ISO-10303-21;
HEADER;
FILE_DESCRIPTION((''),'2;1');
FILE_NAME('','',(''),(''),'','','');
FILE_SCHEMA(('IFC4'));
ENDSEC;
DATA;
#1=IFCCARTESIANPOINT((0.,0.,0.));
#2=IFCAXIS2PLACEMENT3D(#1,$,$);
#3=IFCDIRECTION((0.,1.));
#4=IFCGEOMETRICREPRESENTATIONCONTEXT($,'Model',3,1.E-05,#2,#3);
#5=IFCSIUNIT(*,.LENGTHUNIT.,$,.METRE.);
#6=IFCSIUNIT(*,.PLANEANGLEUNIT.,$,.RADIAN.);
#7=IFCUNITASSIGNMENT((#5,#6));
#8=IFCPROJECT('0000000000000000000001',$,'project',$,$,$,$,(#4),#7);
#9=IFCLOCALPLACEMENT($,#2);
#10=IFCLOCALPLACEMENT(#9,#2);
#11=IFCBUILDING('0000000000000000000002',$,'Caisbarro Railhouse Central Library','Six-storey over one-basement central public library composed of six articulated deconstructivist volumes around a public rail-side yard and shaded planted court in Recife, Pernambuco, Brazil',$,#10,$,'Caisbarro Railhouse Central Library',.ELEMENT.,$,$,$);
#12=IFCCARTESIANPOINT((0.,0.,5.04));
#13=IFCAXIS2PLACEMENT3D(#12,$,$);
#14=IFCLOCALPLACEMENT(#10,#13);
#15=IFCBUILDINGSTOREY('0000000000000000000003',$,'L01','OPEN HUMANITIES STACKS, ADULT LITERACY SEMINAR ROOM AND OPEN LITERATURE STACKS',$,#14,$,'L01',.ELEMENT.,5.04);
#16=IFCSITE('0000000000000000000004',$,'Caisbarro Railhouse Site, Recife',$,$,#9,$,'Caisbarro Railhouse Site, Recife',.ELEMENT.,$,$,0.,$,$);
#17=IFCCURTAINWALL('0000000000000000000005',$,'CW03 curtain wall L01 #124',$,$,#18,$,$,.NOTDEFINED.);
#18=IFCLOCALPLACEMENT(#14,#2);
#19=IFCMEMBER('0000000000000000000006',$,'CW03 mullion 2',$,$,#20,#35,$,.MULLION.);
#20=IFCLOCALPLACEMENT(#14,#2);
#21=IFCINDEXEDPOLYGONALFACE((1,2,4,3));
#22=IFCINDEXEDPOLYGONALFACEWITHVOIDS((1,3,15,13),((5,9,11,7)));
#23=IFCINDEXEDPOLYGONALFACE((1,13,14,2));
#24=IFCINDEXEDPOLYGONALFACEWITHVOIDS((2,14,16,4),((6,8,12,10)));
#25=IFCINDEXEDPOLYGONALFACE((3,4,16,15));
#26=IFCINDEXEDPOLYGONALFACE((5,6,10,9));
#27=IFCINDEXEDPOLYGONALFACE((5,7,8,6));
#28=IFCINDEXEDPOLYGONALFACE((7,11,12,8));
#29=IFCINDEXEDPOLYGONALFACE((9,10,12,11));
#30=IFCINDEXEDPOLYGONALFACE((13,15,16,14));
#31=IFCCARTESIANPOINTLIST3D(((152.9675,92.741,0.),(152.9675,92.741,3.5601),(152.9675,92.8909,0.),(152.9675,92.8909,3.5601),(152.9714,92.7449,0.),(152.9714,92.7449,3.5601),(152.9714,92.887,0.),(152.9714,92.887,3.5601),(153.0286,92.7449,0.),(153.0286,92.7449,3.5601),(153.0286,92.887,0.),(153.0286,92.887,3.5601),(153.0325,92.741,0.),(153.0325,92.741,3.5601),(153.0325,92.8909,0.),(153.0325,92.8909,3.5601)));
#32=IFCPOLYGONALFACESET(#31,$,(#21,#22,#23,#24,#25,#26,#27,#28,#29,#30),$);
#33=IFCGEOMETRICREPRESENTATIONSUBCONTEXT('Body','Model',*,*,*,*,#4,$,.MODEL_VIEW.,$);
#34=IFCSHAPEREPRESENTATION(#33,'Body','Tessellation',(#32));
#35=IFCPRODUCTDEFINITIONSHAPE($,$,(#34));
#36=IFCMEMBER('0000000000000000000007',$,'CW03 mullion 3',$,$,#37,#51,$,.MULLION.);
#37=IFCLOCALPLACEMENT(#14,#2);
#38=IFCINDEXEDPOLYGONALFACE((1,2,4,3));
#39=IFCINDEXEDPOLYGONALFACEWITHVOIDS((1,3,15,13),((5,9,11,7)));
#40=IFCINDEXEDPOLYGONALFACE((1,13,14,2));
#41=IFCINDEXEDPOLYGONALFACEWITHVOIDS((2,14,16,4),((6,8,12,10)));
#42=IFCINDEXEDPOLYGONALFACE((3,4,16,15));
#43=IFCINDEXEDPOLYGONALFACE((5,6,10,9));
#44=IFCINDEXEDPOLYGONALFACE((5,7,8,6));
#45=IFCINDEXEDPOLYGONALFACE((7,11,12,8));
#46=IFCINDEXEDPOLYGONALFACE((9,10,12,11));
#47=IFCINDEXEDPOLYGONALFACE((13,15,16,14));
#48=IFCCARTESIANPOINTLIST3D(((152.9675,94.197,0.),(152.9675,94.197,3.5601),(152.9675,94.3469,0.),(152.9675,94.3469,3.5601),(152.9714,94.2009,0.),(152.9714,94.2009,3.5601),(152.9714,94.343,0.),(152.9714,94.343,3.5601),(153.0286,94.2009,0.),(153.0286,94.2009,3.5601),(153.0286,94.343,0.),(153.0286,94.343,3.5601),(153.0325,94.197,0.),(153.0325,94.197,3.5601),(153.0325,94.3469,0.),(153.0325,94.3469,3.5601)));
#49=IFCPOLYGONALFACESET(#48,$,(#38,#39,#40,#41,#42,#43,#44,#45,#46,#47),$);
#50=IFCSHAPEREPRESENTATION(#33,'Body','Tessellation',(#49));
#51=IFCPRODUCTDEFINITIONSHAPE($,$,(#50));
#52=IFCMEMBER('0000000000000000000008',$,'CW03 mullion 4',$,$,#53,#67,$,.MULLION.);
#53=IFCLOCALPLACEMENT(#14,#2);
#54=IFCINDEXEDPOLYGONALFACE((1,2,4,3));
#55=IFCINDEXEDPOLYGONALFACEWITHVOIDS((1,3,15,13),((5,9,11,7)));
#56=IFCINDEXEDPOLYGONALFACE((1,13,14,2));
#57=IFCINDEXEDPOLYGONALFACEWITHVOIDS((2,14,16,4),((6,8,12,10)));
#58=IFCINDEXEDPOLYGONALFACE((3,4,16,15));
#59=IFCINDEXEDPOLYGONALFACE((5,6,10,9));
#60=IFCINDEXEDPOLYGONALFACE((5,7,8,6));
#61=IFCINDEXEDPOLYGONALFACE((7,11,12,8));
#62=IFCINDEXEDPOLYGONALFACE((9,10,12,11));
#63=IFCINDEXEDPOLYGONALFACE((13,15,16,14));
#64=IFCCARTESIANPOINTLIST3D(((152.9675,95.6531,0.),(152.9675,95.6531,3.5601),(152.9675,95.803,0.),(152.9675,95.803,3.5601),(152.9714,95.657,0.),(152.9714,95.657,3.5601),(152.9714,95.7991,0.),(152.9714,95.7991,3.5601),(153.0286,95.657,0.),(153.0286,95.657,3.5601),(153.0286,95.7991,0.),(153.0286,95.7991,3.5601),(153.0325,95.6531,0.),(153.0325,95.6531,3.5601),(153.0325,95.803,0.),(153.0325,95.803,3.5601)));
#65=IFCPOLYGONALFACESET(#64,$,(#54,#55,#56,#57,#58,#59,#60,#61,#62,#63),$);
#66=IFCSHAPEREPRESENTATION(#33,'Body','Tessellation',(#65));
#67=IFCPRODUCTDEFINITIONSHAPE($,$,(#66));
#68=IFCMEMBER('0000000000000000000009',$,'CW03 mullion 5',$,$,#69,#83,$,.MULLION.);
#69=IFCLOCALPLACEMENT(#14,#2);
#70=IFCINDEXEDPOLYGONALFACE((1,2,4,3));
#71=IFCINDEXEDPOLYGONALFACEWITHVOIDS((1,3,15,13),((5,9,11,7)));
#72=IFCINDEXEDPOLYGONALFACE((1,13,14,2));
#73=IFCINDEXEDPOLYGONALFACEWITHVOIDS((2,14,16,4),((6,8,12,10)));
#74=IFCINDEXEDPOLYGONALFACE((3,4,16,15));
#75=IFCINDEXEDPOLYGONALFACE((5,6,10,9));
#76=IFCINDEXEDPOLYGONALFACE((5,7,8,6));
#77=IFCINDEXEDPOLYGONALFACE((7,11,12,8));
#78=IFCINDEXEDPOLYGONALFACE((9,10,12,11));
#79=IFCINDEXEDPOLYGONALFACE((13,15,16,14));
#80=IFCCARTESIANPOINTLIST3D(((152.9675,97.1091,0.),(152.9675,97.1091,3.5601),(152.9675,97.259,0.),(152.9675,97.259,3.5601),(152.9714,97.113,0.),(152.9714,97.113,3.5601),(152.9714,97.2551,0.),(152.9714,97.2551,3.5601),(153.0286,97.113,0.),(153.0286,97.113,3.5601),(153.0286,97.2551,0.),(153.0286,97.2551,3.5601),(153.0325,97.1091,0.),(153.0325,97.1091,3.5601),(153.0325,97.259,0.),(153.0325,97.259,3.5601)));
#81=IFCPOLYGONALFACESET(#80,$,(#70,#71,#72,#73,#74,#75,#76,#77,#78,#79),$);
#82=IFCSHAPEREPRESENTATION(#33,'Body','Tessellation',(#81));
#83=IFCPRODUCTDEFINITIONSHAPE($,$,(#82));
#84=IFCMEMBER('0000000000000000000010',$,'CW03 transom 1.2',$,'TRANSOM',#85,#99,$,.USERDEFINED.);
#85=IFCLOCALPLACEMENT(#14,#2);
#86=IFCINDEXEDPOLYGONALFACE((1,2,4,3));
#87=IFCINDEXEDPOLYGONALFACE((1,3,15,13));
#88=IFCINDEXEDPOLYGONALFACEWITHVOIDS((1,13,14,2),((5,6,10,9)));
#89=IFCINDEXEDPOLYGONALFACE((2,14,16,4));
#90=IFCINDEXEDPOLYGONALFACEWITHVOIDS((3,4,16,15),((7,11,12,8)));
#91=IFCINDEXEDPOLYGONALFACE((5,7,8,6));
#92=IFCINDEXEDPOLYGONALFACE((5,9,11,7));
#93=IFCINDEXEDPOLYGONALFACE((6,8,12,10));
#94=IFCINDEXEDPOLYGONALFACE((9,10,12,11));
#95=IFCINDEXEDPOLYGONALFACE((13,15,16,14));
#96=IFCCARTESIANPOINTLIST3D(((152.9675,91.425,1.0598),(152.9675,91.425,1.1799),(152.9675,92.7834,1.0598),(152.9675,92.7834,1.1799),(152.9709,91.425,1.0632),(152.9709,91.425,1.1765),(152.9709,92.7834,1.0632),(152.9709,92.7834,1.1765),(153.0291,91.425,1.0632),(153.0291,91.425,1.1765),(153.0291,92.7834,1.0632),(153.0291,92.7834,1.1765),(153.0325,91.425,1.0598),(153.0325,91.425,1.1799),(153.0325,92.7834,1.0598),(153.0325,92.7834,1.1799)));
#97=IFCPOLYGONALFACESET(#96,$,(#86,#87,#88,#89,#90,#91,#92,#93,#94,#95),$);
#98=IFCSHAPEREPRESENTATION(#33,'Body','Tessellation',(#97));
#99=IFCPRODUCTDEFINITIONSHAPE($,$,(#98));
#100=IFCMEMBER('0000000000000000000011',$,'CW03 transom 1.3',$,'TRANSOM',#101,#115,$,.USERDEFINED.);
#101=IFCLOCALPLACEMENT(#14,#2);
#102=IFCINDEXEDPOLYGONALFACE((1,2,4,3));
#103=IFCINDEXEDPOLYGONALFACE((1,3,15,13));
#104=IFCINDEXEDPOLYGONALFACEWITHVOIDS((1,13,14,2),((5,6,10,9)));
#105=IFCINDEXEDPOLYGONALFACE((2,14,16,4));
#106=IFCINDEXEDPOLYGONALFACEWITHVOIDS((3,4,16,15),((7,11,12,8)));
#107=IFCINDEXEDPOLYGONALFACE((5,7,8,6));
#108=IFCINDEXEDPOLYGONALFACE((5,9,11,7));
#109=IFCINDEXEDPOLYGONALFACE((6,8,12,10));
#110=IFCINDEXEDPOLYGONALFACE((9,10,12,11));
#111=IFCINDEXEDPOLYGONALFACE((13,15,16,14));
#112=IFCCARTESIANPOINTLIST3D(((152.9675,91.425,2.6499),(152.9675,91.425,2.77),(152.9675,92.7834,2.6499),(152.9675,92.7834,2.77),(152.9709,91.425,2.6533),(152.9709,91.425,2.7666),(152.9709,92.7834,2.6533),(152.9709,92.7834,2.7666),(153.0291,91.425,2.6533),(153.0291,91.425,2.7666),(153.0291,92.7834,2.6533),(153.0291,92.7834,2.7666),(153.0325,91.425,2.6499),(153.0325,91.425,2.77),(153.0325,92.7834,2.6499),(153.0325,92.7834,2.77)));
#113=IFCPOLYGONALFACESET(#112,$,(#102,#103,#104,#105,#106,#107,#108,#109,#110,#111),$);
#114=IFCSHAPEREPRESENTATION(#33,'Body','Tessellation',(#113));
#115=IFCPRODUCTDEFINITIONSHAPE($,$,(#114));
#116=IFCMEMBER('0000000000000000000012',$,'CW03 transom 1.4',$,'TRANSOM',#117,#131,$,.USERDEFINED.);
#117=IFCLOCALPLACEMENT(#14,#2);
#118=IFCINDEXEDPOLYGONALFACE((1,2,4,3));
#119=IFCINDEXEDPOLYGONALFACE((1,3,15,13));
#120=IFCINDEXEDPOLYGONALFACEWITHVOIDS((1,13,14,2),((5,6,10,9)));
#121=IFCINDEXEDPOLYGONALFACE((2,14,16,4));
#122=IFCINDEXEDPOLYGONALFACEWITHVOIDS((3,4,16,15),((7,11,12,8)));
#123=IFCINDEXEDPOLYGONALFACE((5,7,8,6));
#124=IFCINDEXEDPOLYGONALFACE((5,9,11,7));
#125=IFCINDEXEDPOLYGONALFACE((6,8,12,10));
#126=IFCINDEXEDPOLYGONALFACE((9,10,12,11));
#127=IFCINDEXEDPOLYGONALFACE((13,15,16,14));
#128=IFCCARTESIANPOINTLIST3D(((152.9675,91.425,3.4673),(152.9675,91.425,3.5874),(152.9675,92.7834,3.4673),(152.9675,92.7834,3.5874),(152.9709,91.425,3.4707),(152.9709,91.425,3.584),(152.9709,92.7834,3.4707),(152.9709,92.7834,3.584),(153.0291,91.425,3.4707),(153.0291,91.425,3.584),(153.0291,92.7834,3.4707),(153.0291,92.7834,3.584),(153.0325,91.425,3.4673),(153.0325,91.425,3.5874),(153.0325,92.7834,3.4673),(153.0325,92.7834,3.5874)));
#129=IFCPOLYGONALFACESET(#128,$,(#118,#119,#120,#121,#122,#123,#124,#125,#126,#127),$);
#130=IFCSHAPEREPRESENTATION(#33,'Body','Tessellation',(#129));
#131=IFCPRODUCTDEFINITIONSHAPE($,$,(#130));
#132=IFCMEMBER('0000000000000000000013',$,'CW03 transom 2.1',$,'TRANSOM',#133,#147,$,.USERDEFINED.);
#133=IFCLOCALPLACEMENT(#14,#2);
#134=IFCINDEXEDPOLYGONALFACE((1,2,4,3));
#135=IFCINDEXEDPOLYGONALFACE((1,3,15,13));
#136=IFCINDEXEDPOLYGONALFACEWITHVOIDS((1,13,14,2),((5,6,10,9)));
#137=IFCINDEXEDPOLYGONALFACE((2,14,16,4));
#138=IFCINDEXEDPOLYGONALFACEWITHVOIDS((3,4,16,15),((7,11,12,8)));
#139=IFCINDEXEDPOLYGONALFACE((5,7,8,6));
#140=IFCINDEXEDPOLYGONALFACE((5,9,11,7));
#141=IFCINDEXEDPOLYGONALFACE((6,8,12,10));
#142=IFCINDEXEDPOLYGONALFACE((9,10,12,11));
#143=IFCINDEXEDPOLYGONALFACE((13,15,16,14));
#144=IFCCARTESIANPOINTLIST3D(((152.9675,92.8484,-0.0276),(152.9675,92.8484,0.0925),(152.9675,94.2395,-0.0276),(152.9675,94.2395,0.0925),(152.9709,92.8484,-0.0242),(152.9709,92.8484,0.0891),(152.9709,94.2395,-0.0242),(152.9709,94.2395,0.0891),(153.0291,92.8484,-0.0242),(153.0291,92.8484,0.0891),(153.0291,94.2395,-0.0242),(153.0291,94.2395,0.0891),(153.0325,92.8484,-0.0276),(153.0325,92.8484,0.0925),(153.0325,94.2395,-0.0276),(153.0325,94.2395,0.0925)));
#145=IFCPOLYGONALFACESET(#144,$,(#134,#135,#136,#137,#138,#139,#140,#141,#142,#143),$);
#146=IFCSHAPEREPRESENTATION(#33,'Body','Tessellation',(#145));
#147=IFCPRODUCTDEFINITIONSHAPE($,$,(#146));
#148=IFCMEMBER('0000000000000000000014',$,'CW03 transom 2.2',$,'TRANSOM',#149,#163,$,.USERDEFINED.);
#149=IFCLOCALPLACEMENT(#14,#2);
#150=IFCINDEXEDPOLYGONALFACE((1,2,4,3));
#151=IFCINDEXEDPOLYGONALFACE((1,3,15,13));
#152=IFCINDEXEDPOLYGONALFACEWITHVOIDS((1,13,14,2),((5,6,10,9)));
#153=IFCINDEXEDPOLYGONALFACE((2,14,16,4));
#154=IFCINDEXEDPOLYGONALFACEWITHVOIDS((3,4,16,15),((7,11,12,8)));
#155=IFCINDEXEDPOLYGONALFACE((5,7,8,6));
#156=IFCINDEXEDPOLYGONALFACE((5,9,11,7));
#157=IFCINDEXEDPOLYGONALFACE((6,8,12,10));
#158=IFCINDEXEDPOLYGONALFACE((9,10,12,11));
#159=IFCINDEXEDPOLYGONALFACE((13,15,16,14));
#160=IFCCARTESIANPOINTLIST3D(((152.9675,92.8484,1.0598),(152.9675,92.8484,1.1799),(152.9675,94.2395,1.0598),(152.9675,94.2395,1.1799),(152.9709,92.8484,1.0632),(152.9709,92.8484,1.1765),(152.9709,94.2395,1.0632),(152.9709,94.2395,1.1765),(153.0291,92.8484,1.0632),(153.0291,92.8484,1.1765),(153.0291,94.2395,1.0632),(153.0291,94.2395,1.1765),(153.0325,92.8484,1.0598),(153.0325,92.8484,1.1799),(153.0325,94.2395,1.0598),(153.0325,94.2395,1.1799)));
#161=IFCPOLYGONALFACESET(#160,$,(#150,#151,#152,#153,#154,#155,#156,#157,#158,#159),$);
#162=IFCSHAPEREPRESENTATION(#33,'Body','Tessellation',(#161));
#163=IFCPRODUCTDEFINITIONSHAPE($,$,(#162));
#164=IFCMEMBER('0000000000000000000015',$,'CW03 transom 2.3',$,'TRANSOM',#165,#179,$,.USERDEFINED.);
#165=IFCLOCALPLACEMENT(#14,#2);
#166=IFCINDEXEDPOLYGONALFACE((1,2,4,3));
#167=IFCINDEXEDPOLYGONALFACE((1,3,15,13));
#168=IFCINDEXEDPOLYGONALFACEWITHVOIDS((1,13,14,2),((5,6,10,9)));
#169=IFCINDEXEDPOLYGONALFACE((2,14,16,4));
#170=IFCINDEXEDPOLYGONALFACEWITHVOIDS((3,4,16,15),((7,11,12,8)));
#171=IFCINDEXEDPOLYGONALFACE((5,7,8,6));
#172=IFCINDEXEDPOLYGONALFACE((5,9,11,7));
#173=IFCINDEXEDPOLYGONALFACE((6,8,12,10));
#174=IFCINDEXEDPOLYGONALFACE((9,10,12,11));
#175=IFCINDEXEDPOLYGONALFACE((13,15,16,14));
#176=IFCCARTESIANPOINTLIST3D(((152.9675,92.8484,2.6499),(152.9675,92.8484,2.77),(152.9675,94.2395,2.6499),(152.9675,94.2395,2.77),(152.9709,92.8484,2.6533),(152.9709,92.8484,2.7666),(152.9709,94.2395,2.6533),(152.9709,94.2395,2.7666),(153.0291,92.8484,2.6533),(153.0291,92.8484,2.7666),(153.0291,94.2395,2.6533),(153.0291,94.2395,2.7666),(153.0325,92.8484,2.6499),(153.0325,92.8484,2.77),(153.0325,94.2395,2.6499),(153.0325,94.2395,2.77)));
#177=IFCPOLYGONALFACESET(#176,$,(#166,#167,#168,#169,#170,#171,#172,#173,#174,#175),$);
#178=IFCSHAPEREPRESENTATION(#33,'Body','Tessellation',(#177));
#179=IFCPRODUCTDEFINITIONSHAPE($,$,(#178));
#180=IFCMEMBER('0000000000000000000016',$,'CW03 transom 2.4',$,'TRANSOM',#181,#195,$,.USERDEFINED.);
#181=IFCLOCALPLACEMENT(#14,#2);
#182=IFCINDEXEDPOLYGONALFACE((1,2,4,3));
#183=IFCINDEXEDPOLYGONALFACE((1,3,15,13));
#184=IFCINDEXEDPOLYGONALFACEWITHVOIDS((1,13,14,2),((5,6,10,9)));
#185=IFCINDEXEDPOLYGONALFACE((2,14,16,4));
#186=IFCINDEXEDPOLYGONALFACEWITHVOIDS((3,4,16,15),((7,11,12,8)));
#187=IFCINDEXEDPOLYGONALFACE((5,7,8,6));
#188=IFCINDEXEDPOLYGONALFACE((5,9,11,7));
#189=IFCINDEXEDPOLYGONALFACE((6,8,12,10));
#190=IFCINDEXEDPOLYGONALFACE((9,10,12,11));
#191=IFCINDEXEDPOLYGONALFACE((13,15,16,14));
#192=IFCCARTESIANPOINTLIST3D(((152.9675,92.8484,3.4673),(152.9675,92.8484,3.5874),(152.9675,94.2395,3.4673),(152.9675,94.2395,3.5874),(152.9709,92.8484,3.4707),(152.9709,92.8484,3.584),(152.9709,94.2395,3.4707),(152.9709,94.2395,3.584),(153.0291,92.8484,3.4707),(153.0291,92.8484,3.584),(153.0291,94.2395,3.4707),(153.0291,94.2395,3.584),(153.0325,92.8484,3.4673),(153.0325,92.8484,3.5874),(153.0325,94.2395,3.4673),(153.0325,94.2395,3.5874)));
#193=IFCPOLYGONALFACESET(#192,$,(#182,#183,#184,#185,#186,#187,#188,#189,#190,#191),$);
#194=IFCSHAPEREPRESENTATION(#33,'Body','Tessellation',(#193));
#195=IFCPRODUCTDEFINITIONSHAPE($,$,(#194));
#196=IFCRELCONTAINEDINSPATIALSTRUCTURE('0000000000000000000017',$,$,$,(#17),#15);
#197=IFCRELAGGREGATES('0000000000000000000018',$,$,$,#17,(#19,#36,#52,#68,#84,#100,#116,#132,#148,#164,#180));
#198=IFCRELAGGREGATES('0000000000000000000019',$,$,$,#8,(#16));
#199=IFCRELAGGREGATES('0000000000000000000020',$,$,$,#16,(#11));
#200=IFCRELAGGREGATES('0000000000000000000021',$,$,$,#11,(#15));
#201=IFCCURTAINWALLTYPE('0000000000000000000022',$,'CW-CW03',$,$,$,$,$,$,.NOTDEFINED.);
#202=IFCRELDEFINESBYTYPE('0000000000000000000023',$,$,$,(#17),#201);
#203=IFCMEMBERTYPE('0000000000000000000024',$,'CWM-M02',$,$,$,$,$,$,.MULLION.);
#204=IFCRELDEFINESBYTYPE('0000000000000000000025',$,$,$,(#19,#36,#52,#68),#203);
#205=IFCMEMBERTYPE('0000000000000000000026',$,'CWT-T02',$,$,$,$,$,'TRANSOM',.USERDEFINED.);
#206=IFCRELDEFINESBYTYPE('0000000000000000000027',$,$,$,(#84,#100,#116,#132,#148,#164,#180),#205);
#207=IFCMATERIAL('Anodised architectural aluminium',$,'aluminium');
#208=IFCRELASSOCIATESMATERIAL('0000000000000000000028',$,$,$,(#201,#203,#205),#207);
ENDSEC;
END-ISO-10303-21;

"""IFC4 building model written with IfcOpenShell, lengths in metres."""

from ifc_helpers import new_model, si_unit, direction, frame, origin, origin_2d, place, context, subcontext, project, spatial, hollow_rectangle, extrude, material, material_profile, profile_set, type_object, element, aggregate, save


model = new_model("IFC4")

# Units and contexts
model_context = context("Model", 3, precision=1e-05, world=origin(), true_north=direction((0.0, 1.0)))
body_context = subcontext(model_context, "Body", "Model", "MODEL_VIEW")
ifc_project = project(units=[si_unit("LENGTHUNIT", "METRE"), si_unit("PLANEANGLEUNIT", "RADIAN")], contexts=[model_context])

# Site, building, storey
site_placement = place(None, origin())
site = spatial("IfcSite", under=ifc_project, at=site_placement, Name="Caisbarro Railhouse Site, Recife", LongName="Caisbarro Railhouse Site, Recife", CompositionType="ELEMENT", RefElevation=0.0)
building_placement = place(site_placement, origin())
building = spatial("IfcBuilding", under=site, at=building_placement, Name="Caisbarro Railhouse Central Library", Description="Six-storey over one-basement central public library composed of six articulated deconstructivist volumes around a public rail-side yard and shaded planted court in Recife, Pernambuco, Brazil", LongName="Caisbarro Railhouse Central Library", CompositionType="ELEMENT")
storey_placement = place(building_placement, frame((0.0, 0.0, 5.04)))
storey = spatial("IfcBuildingStorey", under=building, at=storey_placement, Name="L01", Description="OPEN HUMANITIES STACKS, ADULT LITERACY SEMINAR ROOM AND OPEN LITERATURE STACKS", LongName="L01", CompositionType="ELEMENT", Elevation=5.04)

# Curtain wall, members
ifc_material_1 = material(Name="Anodised architectural aluminium", Category="aluminium")
curtain_wall_type = type_object("IfcCurtainWallType", Name="CW-CW03", PredefinedType="NOTDEFINED", material=ifc_material_1)
curtain_wall_placement = place(storey_placement, origin())
curtain_wall = element("IfcCurtainWall", 1, at=curtain_wall_placement, inside=storey, type_object=curtain_wall_type, Name="CW03 curtain wall L01 #124", PredefinedType="NOTDEFINED")
ifc_material_profile_1 = material_profile(ifc_material_1, hollow_rectangle(XDim=0.0649, YDim=0.1499, WallThickness=0.0039, at=origin_2d()), Name="ALU-MUL-65X150")
ifc_profile_set_1 = profile_set([ifc_material_profile_1], Name="Anodised architectural aluminium")
member_type_1 = type_object("IfcMemberType", Name="CWM-M02", PredefinedType="MULLION", material=ifc_profile_set_1)
member_1_placement = place(storey_placement, frame((153.0, 92.8159, 0.0), z_axis=(0.0, 0.0, 1.0), x_axis=(-1.0, 0.0, 0.0)))
member_1 = element("IfcMember", 2, at=member_1_placement, type_object=member_type_1, Name="CW03 mullion 2", PredefinedType="MULLION", context=body_context, shape_type="SweptSolid", body=[
    extrude(hollow_rectangle(XDim=0.0649, YDim=0.1499, WallThickness=0.0039, at=origin_2d()), origin(), (0.0, 0.0, 1.0), 3.5601),
])
member_2_placement = place(storey_placement, frame((153.0, 94.272, 0.0), z_axis=(0.0, 0.0, 1.0), x_axis=(-1.0, 0.0, 0.0)))
member_2 = element("IfcMember", 3, at=member_2_placement, type_object=member_type_1, Name="CW03 mullion 3", PredefinedType="MULLION", context=body_context, shape_type="SweptSolid", body=[
    extrude(hollow_rectangle(XDim=0.0649, YDim=0.1499, WallThickness=0.0039, at=origin_2d()), origin(), (0.0, 0.0, 1.0), 3.5601),
])
member_3_placement = place(storey_placement, frame((153.0, 95.728, 0.0), z_axis=(0.0, 0.0, 1.0), x_axis=(-1.0, 0.0, 0.0)))
member_3 = element("IfcMember", 4, at=member_3_placement, type_object=member_type_1, Name="CW03 mullion 4", PredefinedType="MULLION", context=body_context, shape_type="SweptSolid", body=[
    extrude(hollow_rectangle(XDim=0.0649, YDim=0.1499, WallThickness=0.0039, at=origin_2d()), origin(), (0.0, 0.0, 1.0), 3.5601),
])
member_4_placement = place(storey_placement, frame((153.0, 97.1841, 0.0), z_axis=(0.0, 0.0, 1.0), x_axis=(-1.0, 0.0, 0.0)))
member_4 = element("IfcMember", 5, at=member_4_placement, type_object=member_type_1, Name="CW03 mullion 5", PredefinedType="MULLION", context=body_context, shape_type="SweptSolid", body=[
    extrude(hollow_rectangle(XDim=0.0649, YDim=0.1499, WallThickness=0.0039, at=origin_2d()), origin(), (0.0, 0.0, 1.0), 3.5601),
])
ifc_material_profile_2 = material_profile(ifc_material_1, hollow_rectangle(XDim=0.0649, YDim=0.1201, WallThickness=0.0034, at=origin_2d()), Name="ALU-TRN-65X120")
ifc_profile_set_2 = profile_set([ifc_material_profile_2], Name="Anodised architectural aluminium")
member_type_2 = type_object("IfcMemberType", Name="CWT-T02", ElementType="TRANSOM", PredefinedType="USERDEFINED", material=ifc_profile_set_2)
member_5_placement = place(storey_placement, frame((153.0, 91.425, 1.1199), z_axis=(0.0, 1.0, 0.0), x_axis=(-1.0, 0.0, 0.0)))
member_5 = element("IfcMember", 6, at=member_5_placement, type_object=member_type_2, Name="CW03 transom 1.2", ObjectType="TRANSOM", PredefinedType="USERDEFINED", context=body_context, shape_type="SweptSolid", body=[
    extrude(hollow_rectangle(XDim=0.0649, YDim=0.1201, WallThickness=0.0034, at=origin_2d()), origin(), (0.0, 0.0, 1.0), 1.3584),
])
member_6_placement = place(storey_placement, frame((153.0, 91.425, 2.71), z_axis=(0.0, 1.0, 0.0), x_axis=(-1.0, 0.0, 0.0)))
member_6 = element("IfcMember", 7, at=member_6_placement, type_object=member_type_2, Name="CW03 transom 1.3", ObjectType="TRANSOM", PredefinedType="USERDEFINED", context=body_context, shape_type="SweptSolid", body=[
    extrude(hollow_rectangle(XDim=0.0649, YDim=0.1201, WallThickness=0.0034, at=origin_2d()), origin(), (0.0, 0.0, 1.0), 1.3584),
])
member_7_placement = place(storey_placement, frame((153.0, 91.425, 3.5273), z_axis=(0.0, 1.0, 0.0), x_axis=(-1.0, 0.0, 0.0)))
member_7 = element("IfcMember", 8, at=member_7_placement, type_object=member_type_2, Name="CW03 transom 1.4", ObjectType="TRANSOM", PredefinedType="USERDEFINED", context=body_context, shape_type="SweptSolid", body=[
    extrude(hollow_rectangle(XDim=0.0649, YDim=0.1201, WallThickness=0.0034, at=origin_2d()), origin(), (0.0, 0.0, 1.0), 1.3584),
])
member_8_placement = place(storey_placement, frame((153.0, 92.8484, 0.0325), z_axis=(0.0, 1.0, 0.0), x_axis=(-1.0, 0.0, 0.0)))
member_8 = element("IfcMember", 9, at=member_8_placement, type_object=member_type_2, Name="CW03 transom 2.1", ObjectType="TRANSOM", PredefinedType="USERDEFINED", context=body_context, shape_type="SweptSolid", body=[
    extrude(hollow_rectangle(XDim=0.0649, YDim=0.1201, WallThickness=0.0034, at=origin_2d()), origin(), (0.0, 0.0, 1.0), 1.3911),
])
member_9_placement = place(storey_placement, frame((153.0, 92.8484, 1.1199), z_axis=(0.0, 1.0, 0.0), x_axis=(-1.0, 0.0, 0.0)))
member_9 = element("IfcMember", 10, at=member_9_placement, type_object=member_type_2, Name="CW03 transom 2.2", ObjectType="TRANSOM", PredefinedType="USERDEFINED", context=body_context, shape_type="SweptSolid", body=[
    extrude(hollow_rectangle(XDim=0.0649, YDim=0.1201, WallThickness=0.0034, at=origin_2d()), origin(), (0.0, 0.0, 1.0), 1.3911),
])
member_10_placement = place(storey_placement, frame((153.0, 92.8484, 2.71), z_axis=(0.0, 1.0, 0.0), x_axis=(-1.0, 0.0, 0.0)))
member_10 = element("IfcMember", 11, at=member_10_placement, type_object=member_type_2, Name="CW03 transom 2.3", ObjectType="TRANSOM", PredefinedType="USERDEFINED", context=body_context, shape_type="SweptSolid", body=[
    extrude(hollow_rectangle(XDim=0.0649, YDim=0.1201, WallThickness=0.0034, at=origin_2d()), origin(), (0.0, 0.0, 1.0), 1.3911),
])
member_11_placement = place(storey_placement, frame((153.0, 92.8484, 3.5273), z_axis=(0.0, 1.0, 0.0), x_axis=(-1.0, 0.0, 0.0)))
member_11 = element("IfcMember", 12, at=member_11_placement, type_object=member_type_2, Name="CW03 transom 2.4", ObjectType="TRANSOM", PredefinedType="USERDEFINED", context=body_context, shape_type="SweptSolid", body=[
    extrude(hollow_rectangle(XDim=0.0649, YDim=0.1201, WallThickness=0.0034, at=origin_2d()), origin(), (0.0, 0.0, 1.0), 1.3911),
])
aggregate(curtain_wall, [member_1, member_2, member_3, member_4, member_5, member_6, member_7, member_8, member_9, member_10, member_11])

save(model, "model.ifc")
